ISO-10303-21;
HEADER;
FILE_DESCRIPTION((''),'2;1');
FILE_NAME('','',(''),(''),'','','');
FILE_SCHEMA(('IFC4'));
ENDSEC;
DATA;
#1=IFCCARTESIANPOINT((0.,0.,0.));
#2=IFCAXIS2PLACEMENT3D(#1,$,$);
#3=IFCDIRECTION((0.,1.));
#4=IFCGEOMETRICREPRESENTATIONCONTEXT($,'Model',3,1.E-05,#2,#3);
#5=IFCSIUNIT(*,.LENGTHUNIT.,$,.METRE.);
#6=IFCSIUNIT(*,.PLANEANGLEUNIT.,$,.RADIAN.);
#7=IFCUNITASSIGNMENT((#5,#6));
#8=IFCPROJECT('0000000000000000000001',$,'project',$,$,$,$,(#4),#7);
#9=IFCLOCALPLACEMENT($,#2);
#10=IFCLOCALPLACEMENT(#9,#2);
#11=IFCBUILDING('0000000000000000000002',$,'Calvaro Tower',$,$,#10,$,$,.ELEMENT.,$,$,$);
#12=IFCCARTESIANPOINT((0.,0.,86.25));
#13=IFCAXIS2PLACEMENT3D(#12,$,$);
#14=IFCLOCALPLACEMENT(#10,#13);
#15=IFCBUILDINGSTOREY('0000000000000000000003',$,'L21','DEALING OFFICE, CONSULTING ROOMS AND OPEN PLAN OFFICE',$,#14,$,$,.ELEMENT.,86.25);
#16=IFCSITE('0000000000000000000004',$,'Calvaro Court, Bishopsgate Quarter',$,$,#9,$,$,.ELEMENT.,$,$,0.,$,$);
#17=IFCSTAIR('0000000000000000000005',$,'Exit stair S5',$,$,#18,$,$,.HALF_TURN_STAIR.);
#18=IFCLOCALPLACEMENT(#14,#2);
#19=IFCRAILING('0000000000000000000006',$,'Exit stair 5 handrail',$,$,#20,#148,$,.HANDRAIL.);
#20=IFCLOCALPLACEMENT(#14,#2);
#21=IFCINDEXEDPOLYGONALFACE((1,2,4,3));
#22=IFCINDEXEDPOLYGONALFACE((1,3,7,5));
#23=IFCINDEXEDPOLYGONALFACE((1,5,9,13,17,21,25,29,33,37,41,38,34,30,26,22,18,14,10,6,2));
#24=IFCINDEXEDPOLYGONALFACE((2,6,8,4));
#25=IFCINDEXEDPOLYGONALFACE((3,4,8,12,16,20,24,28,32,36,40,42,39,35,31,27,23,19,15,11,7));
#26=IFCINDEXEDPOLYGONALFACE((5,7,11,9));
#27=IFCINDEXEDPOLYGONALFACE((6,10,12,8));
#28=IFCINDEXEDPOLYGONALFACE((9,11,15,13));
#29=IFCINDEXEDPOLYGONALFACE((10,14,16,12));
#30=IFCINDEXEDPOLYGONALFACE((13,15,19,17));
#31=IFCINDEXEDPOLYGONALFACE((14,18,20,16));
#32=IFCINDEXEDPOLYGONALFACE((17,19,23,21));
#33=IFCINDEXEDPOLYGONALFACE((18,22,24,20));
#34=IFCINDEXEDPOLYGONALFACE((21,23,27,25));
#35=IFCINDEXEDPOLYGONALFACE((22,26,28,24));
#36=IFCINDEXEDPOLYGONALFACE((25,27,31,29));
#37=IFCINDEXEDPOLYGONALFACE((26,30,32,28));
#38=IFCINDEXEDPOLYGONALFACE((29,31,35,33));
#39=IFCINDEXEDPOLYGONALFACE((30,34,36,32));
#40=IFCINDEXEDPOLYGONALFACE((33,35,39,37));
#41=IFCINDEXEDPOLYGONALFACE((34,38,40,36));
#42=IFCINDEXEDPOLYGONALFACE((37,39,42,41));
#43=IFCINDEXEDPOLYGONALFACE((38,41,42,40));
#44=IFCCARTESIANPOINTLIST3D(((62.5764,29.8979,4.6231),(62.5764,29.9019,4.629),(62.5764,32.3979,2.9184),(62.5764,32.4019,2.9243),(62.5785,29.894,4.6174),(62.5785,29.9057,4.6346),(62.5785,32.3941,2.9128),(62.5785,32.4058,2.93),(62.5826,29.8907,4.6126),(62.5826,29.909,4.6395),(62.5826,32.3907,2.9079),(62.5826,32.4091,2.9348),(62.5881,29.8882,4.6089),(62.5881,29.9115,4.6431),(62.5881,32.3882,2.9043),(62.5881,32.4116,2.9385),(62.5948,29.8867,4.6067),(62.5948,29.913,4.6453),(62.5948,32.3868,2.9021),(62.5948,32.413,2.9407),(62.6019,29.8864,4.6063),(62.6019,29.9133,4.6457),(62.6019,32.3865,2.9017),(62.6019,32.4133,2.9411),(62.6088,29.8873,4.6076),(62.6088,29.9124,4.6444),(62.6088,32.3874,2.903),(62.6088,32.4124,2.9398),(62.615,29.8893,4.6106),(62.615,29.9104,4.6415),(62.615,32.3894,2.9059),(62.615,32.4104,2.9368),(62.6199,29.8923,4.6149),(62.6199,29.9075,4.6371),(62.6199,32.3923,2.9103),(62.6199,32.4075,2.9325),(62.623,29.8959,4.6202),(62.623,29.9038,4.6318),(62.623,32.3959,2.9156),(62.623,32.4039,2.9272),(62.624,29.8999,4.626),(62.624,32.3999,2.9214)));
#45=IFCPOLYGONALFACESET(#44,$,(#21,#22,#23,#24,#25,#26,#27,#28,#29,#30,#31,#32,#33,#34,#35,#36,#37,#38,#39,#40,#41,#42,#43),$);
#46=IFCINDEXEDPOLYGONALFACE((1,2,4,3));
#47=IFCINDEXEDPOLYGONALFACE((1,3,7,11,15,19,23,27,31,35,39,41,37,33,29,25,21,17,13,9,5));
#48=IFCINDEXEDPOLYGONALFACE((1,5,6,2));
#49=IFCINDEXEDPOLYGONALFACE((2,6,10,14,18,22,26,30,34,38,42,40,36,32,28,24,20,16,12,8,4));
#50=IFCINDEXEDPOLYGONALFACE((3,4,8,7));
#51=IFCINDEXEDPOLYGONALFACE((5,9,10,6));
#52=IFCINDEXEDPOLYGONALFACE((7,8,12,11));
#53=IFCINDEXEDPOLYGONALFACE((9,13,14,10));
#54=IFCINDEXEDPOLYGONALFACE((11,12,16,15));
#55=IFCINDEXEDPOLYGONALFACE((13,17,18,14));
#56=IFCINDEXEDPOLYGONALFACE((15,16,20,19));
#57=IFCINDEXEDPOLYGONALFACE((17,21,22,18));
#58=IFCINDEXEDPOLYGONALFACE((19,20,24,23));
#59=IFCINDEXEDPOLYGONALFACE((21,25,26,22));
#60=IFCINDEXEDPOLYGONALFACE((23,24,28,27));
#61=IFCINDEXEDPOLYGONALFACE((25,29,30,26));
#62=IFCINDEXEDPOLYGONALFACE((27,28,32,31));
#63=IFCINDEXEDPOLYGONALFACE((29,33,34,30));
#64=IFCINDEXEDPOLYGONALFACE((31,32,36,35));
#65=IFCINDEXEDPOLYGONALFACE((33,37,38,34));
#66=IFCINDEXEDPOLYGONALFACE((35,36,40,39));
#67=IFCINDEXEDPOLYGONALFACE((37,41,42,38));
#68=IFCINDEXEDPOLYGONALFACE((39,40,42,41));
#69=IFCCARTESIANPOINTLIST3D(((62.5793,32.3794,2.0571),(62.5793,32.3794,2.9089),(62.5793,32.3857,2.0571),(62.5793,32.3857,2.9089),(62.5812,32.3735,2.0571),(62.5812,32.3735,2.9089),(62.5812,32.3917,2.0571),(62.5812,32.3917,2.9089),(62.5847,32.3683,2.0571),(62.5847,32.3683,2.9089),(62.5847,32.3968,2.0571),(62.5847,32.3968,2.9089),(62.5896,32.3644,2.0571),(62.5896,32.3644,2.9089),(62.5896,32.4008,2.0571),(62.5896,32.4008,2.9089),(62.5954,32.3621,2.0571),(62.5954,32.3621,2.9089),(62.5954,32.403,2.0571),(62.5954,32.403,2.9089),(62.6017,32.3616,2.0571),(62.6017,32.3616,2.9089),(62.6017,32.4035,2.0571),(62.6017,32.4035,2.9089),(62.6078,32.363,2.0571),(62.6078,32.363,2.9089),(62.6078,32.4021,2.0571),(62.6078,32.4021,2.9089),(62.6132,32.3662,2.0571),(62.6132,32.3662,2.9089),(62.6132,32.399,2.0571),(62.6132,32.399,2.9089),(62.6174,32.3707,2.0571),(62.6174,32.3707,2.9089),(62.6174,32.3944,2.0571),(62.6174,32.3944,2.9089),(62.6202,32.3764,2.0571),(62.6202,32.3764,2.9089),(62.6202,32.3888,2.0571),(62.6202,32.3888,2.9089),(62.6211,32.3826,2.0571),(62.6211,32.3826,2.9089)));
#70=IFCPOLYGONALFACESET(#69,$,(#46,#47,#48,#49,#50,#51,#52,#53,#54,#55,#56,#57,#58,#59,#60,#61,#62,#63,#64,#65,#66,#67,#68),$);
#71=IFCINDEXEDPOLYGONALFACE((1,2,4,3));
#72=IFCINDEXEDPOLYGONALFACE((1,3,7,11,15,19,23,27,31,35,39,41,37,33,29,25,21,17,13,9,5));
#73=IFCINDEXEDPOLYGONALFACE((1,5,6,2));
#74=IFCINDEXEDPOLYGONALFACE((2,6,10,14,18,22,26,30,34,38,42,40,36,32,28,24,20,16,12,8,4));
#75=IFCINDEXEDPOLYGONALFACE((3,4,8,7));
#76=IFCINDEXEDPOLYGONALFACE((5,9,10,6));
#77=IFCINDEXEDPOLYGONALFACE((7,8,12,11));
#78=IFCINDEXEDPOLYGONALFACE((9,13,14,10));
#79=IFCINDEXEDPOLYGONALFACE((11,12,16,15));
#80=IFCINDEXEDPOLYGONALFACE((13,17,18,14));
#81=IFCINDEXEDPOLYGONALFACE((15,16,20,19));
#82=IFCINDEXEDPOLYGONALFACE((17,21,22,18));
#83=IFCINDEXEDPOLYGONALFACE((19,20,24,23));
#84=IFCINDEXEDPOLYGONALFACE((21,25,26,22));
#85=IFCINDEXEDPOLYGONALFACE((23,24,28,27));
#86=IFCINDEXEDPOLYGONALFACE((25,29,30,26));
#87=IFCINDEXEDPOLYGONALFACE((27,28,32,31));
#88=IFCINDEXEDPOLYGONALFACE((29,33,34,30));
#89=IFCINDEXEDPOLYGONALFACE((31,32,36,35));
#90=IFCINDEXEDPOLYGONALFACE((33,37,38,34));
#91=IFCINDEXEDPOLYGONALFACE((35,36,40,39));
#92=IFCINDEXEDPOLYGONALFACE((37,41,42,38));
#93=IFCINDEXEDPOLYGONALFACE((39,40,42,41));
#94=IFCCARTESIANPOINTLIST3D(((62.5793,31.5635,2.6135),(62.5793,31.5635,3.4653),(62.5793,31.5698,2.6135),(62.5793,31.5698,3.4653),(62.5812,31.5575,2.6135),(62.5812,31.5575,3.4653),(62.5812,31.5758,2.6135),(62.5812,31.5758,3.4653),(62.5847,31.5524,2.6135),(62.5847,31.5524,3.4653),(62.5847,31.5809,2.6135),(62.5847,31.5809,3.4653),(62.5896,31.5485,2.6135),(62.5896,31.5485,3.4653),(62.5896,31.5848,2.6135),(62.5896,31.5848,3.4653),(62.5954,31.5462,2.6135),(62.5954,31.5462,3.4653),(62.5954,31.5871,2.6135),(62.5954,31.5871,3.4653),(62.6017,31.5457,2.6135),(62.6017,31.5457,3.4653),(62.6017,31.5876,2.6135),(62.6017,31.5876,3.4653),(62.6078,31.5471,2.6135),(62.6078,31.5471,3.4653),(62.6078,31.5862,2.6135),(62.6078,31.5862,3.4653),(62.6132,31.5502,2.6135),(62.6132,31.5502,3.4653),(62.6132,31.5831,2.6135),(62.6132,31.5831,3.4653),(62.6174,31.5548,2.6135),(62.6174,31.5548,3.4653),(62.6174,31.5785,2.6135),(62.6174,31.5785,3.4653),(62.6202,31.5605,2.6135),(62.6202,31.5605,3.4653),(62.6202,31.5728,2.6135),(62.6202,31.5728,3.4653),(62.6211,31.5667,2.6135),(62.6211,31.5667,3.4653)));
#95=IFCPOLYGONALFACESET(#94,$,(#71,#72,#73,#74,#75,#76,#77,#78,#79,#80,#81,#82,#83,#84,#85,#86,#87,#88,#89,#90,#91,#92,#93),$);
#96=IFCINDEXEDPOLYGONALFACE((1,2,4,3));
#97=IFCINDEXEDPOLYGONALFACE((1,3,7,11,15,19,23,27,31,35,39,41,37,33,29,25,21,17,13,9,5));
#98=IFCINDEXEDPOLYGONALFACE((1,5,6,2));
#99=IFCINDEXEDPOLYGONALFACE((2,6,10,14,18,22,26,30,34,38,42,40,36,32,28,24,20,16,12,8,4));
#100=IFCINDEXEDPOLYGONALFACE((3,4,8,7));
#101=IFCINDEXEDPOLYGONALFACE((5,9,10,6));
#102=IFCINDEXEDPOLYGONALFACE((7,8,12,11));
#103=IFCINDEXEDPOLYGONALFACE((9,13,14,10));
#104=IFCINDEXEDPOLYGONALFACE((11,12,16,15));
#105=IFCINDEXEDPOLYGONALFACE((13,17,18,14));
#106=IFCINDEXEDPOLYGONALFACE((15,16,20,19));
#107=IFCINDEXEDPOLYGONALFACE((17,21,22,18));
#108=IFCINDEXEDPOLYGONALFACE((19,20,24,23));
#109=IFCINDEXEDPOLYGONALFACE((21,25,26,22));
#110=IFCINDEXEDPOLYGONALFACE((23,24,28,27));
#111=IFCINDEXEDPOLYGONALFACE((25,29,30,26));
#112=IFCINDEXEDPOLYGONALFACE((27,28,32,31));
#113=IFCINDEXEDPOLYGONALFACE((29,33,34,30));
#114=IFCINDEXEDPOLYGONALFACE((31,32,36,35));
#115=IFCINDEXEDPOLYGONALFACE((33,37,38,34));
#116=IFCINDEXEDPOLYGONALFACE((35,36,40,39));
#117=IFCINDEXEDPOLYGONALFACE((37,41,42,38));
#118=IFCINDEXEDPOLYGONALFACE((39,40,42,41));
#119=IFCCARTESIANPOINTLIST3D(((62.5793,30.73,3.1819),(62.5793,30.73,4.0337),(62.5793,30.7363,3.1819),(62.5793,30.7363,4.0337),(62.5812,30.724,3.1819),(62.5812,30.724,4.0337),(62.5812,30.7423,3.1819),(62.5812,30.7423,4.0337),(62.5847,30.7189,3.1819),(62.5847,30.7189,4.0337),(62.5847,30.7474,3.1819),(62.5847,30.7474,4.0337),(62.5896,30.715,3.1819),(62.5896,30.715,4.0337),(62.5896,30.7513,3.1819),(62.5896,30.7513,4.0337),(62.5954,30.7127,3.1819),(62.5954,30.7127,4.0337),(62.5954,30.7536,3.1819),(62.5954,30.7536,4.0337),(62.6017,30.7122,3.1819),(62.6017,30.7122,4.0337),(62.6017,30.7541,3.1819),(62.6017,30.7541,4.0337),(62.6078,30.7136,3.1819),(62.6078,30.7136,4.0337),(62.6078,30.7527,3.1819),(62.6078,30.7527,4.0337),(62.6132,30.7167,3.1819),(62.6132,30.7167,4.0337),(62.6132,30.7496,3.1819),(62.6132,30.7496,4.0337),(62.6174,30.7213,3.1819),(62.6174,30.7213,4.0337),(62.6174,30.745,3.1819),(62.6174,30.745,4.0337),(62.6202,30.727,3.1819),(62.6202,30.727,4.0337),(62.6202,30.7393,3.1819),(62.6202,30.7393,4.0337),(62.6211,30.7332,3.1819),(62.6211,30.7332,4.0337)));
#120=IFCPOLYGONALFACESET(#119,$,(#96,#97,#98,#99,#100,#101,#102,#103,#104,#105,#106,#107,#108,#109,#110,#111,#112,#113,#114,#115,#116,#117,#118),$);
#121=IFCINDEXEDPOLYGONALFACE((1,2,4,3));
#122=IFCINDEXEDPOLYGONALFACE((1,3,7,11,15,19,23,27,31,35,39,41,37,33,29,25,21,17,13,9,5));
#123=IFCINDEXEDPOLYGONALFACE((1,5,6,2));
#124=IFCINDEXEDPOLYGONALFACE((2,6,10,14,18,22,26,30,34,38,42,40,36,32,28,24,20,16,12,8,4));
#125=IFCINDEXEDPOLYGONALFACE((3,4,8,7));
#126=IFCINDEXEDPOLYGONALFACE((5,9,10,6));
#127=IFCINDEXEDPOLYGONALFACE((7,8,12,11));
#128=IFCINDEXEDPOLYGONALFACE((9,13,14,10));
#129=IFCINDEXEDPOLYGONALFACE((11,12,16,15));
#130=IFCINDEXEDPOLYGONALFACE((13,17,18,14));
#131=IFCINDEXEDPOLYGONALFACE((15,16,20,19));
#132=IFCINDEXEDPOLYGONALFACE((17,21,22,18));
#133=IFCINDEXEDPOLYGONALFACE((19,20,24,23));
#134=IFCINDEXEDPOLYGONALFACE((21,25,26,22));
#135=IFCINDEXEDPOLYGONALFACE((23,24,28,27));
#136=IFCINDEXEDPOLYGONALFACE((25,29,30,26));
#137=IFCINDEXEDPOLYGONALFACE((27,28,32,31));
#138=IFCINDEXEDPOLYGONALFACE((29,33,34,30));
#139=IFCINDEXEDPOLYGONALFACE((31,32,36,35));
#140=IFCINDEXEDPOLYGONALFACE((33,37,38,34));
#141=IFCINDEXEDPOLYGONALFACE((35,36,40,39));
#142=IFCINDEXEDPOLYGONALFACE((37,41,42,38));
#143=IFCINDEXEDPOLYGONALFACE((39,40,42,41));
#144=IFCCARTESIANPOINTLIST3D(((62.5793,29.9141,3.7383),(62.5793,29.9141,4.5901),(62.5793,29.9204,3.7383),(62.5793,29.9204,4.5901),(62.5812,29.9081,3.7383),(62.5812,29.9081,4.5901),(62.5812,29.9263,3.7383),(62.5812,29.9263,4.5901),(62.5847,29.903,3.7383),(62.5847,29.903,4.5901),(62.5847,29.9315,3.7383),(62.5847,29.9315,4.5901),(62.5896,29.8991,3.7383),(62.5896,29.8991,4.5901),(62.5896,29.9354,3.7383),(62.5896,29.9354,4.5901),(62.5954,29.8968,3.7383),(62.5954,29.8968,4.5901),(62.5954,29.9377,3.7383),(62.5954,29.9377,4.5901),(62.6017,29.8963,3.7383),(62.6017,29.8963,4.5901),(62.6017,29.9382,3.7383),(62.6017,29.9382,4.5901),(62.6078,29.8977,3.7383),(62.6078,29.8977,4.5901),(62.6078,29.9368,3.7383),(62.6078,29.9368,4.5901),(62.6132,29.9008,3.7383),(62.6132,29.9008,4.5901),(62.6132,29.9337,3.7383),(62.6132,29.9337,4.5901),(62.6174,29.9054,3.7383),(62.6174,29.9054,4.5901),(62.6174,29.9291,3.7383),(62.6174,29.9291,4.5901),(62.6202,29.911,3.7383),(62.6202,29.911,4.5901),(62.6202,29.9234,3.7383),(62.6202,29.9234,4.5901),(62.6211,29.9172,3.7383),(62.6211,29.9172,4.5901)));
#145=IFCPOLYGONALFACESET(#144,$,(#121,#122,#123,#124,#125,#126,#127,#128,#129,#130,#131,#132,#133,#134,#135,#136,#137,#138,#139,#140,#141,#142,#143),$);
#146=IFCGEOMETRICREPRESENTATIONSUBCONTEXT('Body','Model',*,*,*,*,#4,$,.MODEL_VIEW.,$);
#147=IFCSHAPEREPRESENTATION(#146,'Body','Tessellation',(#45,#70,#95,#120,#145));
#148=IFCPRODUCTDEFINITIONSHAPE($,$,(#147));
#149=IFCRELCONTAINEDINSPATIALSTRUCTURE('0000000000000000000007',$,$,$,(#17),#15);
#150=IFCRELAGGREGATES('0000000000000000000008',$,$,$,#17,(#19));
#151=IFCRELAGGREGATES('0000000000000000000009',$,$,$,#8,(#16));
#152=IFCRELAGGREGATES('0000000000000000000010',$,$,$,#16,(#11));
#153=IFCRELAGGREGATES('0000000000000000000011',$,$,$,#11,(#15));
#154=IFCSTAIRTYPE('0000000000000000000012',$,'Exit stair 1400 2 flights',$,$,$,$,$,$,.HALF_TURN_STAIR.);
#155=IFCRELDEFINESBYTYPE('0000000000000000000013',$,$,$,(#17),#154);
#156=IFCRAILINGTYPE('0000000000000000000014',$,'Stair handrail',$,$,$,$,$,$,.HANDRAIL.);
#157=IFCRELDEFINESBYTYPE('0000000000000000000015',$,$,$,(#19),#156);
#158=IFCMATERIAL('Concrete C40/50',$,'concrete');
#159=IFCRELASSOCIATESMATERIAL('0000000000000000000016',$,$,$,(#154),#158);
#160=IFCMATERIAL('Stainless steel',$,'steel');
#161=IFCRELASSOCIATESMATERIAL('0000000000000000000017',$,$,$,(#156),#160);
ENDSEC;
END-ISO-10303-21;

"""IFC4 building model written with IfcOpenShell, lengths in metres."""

from ifc_helpers import new_model, si_unit, direction, frame, origin, origin_2d, place, context, subcontext, project, spatial, circle, extrude, material, type_object, element, aggregate, save


model = new_model("IFC4")

# Units and contexts
model_context = context("Model", 3, precision=1e-05, world=origin(), true_north=direction((0.0, 1.0)))
body_context = subcontext(model_context, "Body", "Model", "MODEL_VIEW")
ifc_project = project(units=[si_unit("LENGTHUNIT", "METRE"), si_unit("PLANEANGLEUNIT", "RADIAN")], contexts=[model_context])

# Site, building, storey
site_placement = place(None, origin())
site = spatial("IfcSite", under=ifc_project, at=site_placement, Name="Calvaro Court, Bishopsgate Quarter", CompositionType="ELEMENT", RefElevation=0.0)
building_placement = place(site_placement, origin())
building = spatial("IfcBuilding", under=site, at=building_placement, Name="Calvaro Tower", CompositionType="ELEMENT")
storey_placement = place(building_placement, frame((0.0, 0.0, 86.25)))
storey = spatial("IfcBuildingStorey", under=building, at=storey_placement, Name="L21", Description="DEALING OFFICE, CONSULTING ROOMS AND OPEN PLAN OFFICE", CompositionType="ELEMENT", Elevation=86.25)

# Stair
ifc_material_1 = material(Name="Concrete C40/50", Category="concrete")
stair_type = type_object("IfcStairType", Name="Exit stair 1400 2 flights", PredefinedType="HALF_TURN_STAIR", material=ifc_material_1)
stair_1_placement = place(storey_placement, origin())
stair_1 = element("IfcStair", 1, at=stair_1_placement, inside=storey, type_object=stair_type, Name="Exit stair S5", PredefinedType="HALF_TURN_STAIR")

# Shared definitions
ifc_material_2 = material(Name="Stainless steel", Category="steel")
railing_type = type_object("IfcRailingType", Name="Stair handrail", PredefinedType="HANDRAIL", material=ifc_material_2)

# Railing
railing_1_placement = place(storey_placement, frame((62.6001, 32.3999, 2.0454)))
railing_1 = element("IfcRailing", 2, at=railing_1_placement, type_object=railing_type, Name="Exit stair 5 handrail", PredefinedType="HANDRAIL", context=body_context, shape_type="SweptSolid", body=[
    extrude(circle(Radius=0.0239, at=origin_2d()), frame((0.0, 0.0, 0.876), z_axis=(0.0, -0.826221, 0.563347), x_axis=(1.0, 0.0, 0.0)), (0.0, 0.0, 1.0), 3.0259),
    extrude(circle(Radius=0.021, at=origin_2d()), frame((0.0, -0.0173, 0.0117)), (0.0, 0.0, 1.0), 0.8518),
    extrude(circle(Radius=0.021, at=origin_2d()), frame((0.0, -0.8333, 0.5681)), (0.0, 0.0, 1.0), 0.8518),
    extrude(circle(Radius=0.021, at=origin_2d()), frame((0.0, -1.6667, 1.1365)), (0.0, 0.0, 1.0), 0.8518),
    extrude(circle(Radius=0.021, at=origin_2d()), frame((0.0, -2.4827, 1.6929)), (0.0, 0.0, 1.0), 0.8518),
])
aggregate(stair_1, [railing_1])

save(model, "model.ifc")
